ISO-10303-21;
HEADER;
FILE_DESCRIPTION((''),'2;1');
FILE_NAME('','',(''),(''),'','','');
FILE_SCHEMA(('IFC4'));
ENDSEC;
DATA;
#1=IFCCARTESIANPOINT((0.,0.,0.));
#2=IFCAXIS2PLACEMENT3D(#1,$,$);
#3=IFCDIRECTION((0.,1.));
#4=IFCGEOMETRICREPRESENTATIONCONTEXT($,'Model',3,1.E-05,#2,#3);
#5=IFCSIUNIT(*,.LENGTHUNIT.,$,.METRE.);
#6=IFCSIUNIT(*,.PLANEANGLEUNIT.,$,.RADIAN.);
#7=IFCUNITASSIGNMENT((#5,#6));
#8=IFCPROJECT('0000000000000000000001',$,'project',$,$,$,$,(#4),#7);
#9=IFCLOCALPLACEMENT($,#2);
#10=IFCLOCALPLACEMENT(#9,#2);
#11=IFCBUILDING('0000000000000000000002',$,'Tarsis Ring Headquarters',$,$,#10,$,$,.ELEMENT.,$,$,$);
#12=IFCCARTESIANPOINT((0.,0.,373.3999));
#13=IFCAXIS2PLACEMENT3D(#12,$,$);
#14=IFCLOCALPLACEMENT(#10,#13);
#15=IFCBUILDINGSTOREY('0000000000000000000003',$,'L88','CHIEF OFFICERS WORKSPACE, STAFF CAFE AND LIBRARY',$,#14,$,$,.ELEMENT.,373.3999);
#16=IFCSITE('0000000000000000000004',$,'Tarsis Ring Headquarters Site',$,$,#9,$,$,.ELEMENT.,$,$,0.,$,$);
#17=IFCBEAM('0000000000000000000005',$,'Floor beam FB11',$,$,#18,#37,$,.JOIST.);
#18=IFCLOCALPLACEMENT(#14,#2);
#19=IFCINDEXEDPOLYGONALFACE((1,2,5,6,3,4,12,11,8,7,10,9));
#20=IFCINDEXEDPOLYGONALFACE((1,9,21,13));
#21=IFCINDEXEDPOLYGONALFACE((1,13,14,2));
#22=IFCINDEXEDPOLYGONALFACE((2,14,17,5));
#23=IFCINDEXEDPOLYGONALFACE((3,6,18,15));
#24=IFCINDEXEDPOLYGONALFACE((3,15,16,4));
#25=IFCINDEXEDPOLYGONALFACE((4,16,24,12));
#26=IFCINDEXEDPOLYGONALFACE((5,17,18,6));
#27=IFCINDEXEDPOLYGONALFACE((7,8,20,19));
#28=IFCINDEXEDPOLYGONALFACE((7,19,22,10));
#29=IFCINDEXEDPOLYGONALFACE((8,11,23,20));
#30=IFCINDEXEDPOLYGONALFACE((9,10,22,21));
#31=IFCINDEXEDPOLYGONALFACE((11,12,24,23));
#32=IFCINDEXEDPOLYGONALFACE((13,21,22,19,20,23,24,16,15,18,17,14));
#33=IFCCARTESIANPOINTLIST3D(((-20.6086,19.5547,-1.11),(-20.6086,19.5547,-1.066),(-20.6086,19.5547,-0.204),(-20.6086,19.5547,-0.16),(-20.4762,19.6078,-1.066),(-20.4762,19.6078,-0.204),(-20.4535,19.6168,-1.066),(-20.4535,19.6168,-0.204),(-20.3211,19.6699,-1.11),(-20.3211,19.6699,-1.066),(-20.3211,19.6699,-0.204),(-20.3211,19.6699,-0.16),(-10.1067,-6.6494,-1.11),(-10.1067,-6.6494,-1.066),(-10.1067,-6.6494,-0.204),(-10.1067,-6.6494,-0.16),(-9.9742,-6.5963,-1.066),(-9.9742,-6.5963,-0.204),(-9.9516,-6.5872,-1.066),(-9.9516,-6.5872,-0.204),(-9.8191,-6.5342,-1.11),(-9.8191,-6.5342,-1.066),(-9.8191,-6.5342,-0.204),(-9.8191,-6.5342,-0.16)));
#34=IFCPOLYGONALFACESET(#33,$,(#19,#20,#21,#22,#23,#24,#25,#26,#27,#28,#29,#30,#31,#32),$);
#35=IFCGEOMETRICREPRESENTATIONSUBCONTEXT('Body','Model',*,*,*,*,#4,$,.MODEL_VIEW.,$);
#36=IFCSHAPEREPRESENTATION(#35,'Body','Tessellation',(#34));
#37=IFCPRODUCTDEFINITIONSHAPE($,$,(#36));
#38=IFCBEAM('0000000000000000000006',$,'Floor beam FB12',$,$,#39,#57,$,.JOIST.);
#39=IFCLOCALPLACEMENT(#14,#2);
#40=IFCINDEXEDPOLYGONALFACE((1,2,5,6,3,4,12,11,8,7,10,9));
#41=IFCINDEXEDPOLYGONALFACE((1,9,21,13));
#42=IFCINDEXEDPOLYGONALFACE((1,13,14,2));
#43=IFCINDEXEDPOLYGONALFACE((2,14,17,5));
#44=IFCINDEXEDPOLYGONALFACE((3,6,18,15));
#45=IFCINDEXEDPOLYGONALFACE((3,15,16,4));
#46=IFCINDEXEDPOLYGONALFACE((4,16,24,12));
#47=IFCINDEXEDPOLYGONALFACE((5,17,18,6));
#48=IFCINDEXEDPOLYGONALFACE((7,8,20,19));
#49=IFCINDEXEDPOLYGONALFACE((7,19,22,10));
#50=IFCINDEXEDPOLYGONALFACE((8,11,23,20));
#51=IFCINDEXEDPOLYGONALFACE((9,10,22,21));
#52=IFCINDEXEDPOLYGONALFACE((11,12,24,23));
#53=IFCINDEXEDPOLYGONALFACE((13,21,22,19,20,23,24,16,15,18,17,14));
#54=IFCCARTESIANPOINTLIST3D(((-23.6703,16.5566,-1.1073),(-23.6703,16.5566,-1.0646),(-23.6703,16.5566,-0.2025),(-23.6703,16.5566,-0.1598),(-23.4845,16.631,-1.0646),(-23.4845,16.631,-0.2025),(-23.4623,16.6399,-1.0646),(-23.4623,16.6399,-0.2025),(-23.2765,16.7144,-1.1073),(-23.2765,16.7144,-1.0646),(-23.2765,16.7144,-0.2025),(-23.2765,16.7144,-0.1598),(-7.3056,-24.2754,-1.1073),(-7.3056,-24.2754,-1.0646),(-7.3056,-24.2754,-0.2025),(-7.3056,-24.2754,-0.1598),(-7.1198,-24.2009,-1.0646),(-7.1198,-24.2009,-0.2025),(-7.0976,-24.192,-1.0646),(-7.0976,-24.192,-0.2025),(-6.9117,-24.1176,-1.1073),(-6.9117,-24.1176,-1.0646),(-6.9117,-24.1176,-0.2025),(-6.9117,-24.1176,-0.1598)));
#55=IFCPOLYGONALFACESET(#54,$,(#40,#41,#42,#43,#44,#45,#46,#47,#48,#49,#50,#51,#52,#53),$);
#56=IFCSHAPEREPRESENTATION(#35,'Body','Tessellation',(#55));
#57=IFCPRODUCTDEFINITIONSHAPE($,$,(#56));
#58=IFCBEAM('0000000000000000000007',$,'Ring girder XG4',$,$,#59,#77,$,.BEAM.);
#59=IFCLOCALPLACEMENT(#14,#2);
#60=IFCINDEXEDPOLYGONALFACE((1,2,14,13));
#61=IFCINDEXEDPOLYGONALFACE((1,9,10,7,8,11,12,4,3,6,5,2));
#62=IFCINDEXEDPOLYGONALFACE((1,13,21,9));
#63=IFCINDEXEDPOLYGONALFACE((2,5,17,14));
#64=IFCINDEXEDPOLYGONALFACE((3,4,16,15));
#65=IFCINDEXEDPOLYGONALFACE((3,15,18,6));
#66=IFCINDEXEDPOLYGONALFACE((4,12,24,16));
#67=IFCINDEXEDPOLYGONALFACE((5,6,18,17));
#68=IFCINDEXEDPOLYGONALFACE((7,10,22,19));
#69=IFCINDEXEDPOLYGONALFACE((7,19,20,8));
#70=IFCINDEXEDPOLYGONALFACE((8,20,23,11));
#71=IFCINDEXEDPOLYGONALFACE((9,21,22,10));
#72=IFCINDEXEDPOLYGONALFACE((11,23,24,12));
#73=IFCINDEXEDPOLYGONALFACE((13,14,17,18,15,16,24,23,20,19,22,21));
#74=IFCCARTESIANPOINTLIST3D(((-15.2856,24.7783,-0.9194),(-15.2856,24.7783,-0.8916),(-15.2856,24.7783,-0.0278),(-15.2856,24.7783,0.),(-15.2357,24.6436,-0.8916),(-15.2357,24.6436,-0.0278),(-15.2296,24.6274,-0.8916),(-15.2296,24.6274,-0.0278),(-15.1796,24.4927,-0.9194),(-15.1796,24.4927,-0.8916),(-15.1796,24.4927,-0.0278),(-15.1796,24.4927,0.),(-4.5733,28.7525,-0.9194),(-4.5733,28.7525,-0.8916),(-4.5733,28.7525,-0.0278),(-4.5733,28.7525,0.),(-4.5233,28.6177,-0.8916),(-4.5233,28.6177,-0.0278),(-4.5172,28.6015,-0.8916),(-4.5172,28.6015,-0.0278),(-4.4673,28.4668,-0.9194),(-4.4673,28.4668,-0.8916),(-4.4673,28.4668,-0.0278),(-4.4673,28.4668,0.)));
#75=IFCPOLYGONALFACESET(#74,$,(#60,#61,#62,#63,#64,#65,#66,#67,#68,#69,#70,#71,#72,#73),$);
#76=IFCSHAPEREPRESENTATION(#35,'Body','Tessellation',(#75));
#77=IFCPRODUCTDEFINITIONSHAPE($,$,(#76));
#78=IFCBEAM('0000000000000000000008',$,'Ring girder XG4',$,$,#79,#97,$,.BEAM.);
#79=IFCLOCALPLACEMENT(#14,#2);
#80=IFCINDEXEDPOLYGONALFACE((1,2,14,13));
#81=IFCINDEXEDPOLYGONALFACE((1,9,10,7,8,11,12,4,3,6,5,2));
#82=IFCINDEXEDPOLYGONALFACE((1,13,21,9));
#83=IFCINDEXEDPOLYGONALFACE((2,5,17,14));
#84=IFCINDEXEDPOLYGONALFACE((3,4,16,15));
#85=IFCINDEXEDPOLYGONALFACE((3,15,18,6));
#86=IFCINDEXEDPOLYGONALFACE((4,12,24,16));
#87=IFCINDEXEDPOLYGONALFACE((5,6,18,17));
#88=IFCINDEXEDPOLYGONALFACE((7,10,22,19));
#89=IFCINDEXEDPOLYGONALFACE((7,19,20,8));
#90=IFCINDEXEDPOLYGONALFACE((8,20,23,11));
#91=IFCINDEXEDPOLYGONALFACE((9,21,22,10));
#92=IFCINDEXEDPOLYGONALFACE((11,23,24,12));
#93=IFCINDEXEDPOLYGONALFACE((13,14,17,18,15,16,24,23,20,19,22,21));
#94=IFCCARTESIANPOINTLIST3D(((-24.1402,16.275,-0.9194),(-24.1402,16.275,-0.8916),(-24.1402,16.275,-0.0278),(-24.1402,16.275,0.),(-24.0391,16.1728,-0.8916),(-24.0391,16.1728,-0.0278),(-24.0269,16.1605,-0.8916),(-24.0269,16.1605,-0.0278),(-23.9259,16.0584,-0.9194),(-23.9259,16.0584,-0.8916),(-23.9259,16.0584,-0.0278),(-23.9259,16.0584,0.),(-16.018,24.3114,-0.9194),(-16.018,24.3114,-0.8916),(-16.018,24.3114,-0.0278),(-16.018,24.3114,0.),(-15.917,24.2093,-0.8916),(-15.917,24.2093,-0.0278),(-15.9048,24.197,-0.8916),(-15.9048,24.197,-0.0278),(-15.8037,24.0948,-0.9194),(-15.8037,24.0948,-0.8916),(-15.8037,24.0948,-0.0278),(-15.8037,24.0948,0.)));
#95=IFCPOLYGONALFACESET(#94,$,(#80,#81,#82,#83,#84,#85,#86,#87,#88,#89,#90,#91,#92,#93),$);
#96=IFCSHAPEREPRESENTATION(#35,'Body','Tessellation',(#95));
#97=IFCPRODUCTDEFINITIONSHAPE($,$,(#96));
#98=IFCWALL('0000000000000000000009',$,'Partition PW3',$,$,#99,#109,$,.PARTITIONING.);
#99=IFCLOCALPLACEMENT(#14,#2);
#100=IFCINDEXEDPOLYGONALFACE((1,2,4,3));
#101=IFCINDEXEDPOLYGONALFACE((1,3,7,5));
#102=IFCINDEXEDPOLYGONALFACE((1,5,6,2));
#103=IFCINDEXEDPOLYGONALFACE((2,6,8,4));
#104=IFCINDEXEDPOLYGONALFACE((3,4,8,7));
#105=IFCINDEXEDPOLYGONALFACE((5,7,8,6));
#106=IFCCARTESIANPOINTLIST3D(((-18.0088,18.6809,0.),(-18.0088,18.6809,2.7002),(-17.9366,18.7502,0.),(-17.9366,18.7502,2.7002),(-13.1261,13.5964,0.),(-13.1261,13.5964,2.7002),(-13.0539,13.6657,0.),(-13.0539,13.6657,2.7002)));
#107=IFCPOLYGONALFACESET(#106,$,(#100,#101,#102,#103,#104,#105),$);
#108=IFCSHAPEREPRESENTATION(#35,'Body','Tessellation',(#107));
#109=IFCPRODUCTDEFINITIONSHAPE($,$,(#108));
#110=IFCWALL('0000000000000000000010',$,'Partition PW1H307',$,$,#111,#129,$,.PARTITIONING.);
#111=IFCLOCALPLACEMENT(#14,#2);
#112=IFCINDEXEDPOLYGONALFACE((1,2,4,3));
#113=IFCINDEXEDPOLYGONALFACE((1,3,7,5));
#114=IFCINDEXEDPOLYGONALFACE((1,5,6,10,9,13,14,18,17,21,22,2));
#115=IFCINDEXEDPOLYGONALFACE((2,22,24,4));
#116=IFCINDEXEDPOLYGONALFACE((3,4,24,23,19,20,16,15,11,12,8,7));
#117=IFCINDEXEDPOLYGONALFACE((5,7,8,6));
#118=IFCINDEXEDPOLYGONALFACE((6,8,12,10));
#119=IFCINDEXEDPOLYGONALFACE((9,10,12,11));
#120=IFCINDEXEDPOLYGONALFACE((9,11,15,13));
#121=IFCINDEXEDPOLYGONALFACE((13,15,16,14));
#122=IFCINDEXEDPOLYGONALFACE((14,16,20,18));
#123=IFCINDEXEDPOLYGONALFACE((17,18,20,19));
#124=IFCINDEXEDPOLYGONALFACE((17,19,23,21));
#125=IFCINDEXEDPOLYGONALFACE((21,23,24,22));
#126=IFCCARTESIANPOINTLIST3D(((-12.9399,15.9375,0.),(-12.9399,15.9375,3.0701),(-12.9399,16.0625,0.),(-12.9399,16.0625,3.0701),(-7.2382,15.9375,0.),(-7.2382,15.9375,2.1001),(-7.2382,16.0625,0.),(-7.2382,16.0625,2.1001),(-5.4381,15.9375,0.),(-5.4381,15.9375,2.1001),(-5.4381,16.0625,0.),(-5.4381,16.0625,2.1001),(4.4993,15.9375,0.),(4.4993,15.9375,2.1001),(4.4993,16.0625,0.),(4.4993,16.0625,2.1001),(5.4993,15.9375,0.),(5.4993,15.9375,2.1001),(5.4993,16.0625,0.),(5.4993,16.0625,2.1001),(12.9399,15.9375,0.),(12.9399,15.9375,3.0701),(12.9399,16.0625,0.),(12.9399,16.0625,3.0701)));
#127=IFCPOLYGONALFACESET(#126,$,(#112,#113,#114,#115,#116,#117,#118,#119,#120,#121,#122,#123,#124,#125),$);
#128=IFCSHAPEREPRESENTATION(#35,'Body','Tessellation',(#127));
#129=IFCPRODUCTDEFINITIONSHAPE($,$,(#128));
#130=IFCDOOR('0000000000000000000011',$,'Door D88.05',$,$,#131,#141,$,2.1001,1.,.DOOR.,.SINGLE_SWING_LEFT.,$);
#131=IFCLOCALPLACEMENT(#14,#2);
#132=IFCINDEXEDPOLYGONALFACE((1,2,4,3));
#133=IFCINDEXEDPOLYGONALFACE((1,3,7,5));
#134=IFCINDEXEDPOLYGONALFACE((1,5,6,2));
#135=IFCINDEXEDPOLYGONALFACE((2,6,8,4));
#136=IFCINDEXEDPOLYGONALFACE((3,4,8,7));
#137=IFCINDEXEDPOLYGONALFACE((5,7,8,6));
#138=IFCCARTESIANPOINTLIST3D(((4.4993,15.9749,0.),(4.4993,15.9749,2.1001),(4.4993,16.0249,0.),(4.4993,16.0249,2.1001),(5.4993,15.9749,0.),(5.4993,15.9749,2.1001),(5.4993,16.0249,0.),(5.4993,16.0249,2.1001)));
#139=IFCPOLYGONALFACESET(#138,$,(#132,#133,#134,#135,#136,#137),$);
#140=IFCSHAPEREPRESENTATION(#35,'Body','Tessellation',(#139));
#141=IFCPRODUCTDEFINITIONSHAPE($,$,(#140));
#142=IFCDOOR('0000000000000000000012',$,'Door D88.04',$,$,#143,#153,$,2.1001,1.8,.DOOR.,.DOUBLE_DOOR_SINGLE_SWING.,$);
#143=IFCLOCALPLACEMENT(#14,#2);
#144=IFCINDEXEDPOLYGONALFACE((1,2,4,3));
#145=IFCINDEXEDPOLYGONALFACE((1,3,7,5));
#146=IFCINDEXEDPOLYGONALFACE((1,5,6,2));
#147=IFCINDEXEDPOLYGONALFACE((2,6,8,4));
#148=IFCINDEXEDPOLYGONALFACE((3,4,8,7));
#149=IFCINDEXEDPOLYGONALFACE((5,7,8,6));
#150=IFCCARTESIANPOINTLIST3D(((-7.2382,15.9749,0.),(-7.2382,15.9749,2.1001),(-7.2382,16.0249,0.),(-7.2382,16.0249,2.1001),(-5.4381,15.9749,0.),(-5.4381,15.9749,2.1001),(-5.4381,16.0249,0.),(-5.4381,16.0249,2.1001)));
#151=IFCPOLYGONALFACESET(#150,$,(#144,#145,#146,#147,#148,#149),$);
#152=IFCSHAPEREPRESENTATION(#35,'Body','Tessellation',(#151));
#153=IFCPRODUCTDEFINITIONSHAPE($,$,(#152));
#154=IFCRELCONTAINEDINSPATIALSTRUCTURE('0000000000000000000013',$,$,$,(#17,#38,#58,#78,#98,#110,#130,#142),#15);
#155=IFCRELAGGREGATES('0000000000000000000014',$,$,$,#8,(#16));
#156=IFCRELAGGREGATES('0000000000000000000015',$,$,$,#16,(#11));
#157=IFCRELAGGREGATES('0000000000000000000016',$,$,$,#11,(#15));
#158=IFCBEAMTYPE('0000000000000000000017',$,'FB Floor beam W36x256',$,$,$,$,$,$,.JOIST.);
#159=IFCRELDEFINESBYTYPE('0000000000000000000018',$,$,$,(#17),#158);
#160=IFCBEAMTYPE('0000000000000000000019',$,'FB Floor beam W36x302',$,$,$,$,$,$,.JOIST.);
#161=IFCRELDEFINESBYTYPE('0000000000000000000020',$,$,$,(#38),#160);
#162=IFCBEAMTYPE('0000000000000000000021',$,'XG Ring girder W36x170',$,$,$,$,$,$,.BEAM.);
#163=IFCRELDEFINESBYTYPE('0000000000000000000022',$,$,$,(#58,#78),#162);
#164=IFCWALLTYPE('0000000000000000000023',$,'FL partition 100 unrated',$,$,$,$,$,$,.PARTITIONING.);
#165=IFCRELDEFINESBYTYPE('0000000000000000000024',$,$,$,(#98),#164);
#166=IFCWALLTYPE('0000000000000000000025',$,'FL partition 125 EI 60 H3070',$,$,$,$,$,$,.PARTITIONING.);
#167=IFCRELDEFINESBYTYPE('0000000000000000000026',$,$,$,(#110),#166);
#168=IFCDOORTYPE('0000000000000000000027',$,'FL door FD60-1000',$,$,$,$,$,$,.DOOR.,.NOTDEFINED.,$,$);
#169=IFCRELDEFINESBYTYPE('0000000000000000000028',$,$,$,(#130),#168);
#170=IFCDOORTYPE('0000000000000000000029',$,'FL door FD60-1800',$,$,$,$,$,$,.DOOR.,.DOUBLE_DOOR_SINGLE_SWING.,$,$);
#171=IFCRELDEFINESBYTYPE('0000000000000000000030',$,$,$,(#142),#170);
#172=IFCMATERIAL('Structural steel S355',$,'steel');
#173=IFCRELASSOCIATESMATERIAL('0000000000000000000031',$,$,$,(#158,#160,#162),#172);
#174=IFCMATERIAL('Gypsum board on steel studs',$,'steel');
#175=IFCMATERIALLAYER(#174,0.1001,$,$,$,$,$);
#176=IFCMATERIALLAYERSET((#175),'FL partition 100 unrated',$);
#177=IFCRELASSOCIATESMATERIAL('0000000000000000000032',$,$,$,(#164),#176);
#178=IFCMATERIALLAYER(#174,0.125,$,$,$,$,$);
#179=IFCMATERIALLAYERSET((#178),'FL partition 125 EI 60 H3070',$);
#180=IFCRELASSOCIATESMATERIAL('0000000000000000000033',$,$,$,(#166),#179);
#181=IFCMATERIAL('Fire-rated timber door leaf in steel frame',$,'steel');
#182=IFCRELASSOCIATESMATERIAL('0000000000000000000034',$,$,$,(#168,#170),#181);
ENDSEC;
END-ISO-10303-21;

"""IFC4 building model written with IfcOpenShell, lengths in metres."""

from ifc_helpers import new_model, si_unit, direction, frame, frame_2d, origin, origin_2d, place, context, subcontext, project, spatial, rectangle, i_section, extrude, material, layer, layer_set, material_profile, profile_set, type_object, element, fill, save


model = new_model("IFC4")

# Units and contexts
model_context = context("Model", 3, precision=1e-05, world=origin(), true_north=direction((0.0, 1.0)))
body_context = subcontext(model_context, "Body", "Model", "MODEL_VIEW")
ifc_project = project(units=[si_unit("LENGTHUNIT", "METRE"), si_unit("PLANEANGLEUNIT", "RADIAN")], contexts=[model_context])

# Site, building, storey
site_placement = place(None, origin())
site = spatial("IfcSite", under=ifc_project, at=site_placement, Name="Tarsis Ring Headquarters Site", CompositionType="ELEMENT", RefElevation=0.0)
building_placement = place(site_placement, origin())
building = spatial("IfcBuilding", under=site, at=building_placement, Name="Tarsis Ring Headquarters", CompositionType="ELEMENT")
storey_placement = place(building_placement, frame((0.0, 0.0, 373.3999)))
storey = spatial("IfcBuildingStorey", under=building, at=storey_placement, Name="L88", Description="CHIEF OFFICERS WORKSPACE, STAFF CAFE AND LIBRARY", CompositionType="ELEMENT", Elevation=373.3999)

# Shared definitions
ifc_material_1 = material(Name="Structural steel S355", Category="steel")

# Beams
ifc_material_profile_1 = material_profile(ifc_material_1, i_section(OverallWidth=0.3098, OverallDepth=0.95, WebThickness=0.0244, FlangeThickness=0.0439, at=origin_2d()), Name="W36x256")
ifc_profile_set_1 = profile_set([ifc_material_profile_1], Name="Structural steel S355")
beam_type_1 = type_object("IfcBeamType", Name="FB Floor beam W36x256", PredefinedType="JOIST", material=ifc_profile_set_1)
beam_1_placement = place(storey_placement, frame((-20.4648, 19.6123, -0.635), z_axis=(0.372011, -0.928228, 0.0), x_axis=(0.928228, 0.372011, 0.0)))
element("IfcBeam", 1, at=beam_1_placement, inside=storey, type_object=beam_type_1, Name="Floor beam FB11", PredefinedType="JOIST", context=body_context, shape_type="SweptSolid", body=[
    extrude(i_section(OverallWidth=0.3098, OverallDepth=0.95, WebThickness=0.0244, FlangeThickness=0.0439, at=origin_2d()), origin(), (0.0, 0.0, 1.0), 28.2302),
])
ifc_material_profile_2 = material_profile(ifc_material_1, i_section(OverallWidth=0.4243, OverallDepth=0.9475, WebThickness=0.0239, FlangeThickness=0.0427, at=origin_2d()), Name="W36x302")
ifc_profile_set_2 = profile_set([ifc_material_profile_2], Name="Structural steel S355")
beam_type_2 = type_object("IfcBeamType", Name="FB Floor beam W36x302", PredefinedType="JOIST", material=ifc_profile_set_2)
beam_2_placement = place(storey_placement, frame((-23.4734, 16.6355, -0.6335), z_axis=(0.372016, -0.928226, 0.0), x_axis=(0.928226, 0.372016, 0.0)))
element("IfcBeam", 2, at=beam_2_placement, inside=storey, type_object=beam_type_2, Name="Floor beam FB12", PredefinedType="JOIST", context=body_context, shape_type="SweptSolid", body=[
    extrude(i_section(OverallWidth=0.4243, OverallDepth=0.9475, WebThickness=0.0239, FlangeThickness=0.0427, at=origin_2d()), origin(), (0.0, 0.0, 1.0), 43.9893),
])
ifc_material_profile_3 = material_profile(ifc_material_1, i_section(OverallWidth=0.3047, OverallDepth=0.9194, WebThickness=0.0173, FlangeThickness=0.0278, at=origin_2d()), Name="W36x170")
ifc_profile_set_3 = profile_set([ifc_material_profile_3], Name="Structural steel S355")
beam_type_3 = type_object("IfcBeamType", Name="XG Ring girder W36x170", PredefinedType="BEAM", material=ifc_profile_set_3)
beam_3_placement = place(storey_placement, frame((-4.5203, 28.6096, -0.4597), z_axis=(-0.937561, -0.34782, 0.0), x_axis=(0.34782, -0.937561, 0.0)))
element("IfcBeam", 3, at=beam_3_placement, inside=storey, type_object=beam_type_3, Name="Ring girder XG4", PredefinedType="BEAM", context=body_context, shape_type="SweptSolid", body=[
    extrude(i_section(OverallWidth=0.3047, OverallDepth=0.9194, WebThickness=0.0173, FlangeThickness=0.0278, at=origin_2d()), origin(), (0.0, 0.0, 1.0), 11.4258),
])
beam_4_placement = place(storey_placement, frame((-15.9109, 24.2031, -0.4597), z_axis=(-0.710847, -0.703347, 0.0), x_axis=(0.703347, -0.710847, 0.0)))
element("IfcBeam", 4, at=beam_4_placement, inside=storey, type_object=beam_type_3, Name="Ring girder XG4", PredefinedType="BEAM", context=body_context, shape_type="SweptSolid", body=[
    extrude(i_section(OverallWidth=0.3047, OverallDepth=0.9194, WebThickness=0.0173, FlangeThickness=0.0278, at=origin_2d()), origin(), (0.0, 0.0, 1.0), 11.426),
])

# Wall
ifc_material_2 = material(Name="Gypsum board on steel studs", Category="steel")
ifc_layer_1 = layer(ifc_material_2, 0.1001)
ifc_layer_set_1 = layer_set([ifc_layer_1], Name="FL partition 100 unrated")
wall_type_1 = type_object("IfcWallType", Name="FL partition 100 unrated", PredefinedType="PARTITIONING", material=ifc_layer_set_1)
wall_1_placement = place(storey_placement, frame((-17.9727, 18.7156, 0.0), z_axis=(0.0, 0.0, 1.0), x_axis=(0.692641, -0.721283, 0.0)))
element("IfcWall", 5, at=wall_1_placement, inside=storey, type_object=wall_type_1, Name="Partition PW3", PredefinedType="PARTITIONING", context=body_context, shape_type="SweptSolid", body=[
    extrude(rectangle(XDim=7.0493, YDim=0.1001, at=frame_2d((3.5247, 0.0))), origin(), (0.0, 0.0, 1.0), 2.7002),
])

# Wall, openings, doors
ifc_layer_2 = layer(ifc_material_2, 0.125)
ifc_layer_set_2 = layer_set([ifc_layer_2], Name="FL partition 125 EI 60 H3070")
wall_type_2 = type_object("IfcWallType", Name="FL partition 125 EI 60 H3070", PredefinedType="PARTITIONING", material=ifc_layer_set_2)
wall_2_placement = place(storey_placement, frame((-12.9399, 16.0, 0.0), z_axis=(0.0, 0.0, 1.0), x_axis=(1.0, 0.0, 0.0)))
wall_2 = element("IfcWall", 6, at=wall_2_placement, inside=storey, type_object=wall_type_2, Name="Partition PW1H307", PredefinedType="PARTITIONING", context=body_context, shape_type="SweptSolid", body=[
    extrude(rectangle(XDim=25.8799, YDim=0.125, at=frame_2d((12.9399, 0.0))), origin(), (0.0, 0.0, 1.0), 3.0701),
])
opening_1_placement = place(wall_2_placement, frame((5.7019, 0.0, 0.0)))
opening_1 = element("IfcOpeningElement", 7, at=opening_1_placement, cuts=wall_2, PredefinedType="OPENING", context=body_context, shape_type="SweptSolid", body=[
    extrude(rectangle(XDim=1.8, YDim=2.1001, at=frame_2d((0.8999, 1.05))), frame((0.0, 0.0725, 0.0), z_axis=(0.0, -1.0, 0.0), x_axis=(1.0, 0.0, 0.0)), (0.0, 0.0, 1.0), 0.145),
])
opening_2_placement = place(wall_2_placement, frame((17.4392, 0.0, 0.0)))
opening_2 = element("IfcOpeningElement", 8, at=opening_2_placement, cuts=wall_2, PredefinedType="OPENING", context=body_context, shape_type="SweptSolid", body=[
    extrude(rectangle(XDim=1.0, YDim=2.1001, at=frame_2d((0.5, 1.05))), frame((0.0, 0.0725, 0.0), z_axis=(0.0, -1.0, 0.0), x_axis=(1.0, 0.0, 0.0)), (0.0, 0.0, 1.0), 0.145),
])
ifc_material_3 = material(Name="Fire-rated timber door leaf in steel frame", Category="steel")
door_type_1 = type_object("IfcDoorType", Name="FL door FD60-1000", OperationType="NOTDEFINED", PredefinedType="DOOR", material=ifc_material_3)
door_1_placement = place(opening_2_placement, origin())
door_1 = element("IfcDoor", 9, at=door_1_placement, inside=storey, type_object=door_type_1, Name="Door D88.05", OperationType="SINGLE_SWING_LEFT", OverallHeight=2.1001, OverallWidth=1.0, PredefinedType="DOOR", context=body_context, shape_type="SweptSolid", body=[
    extrude(rectangle(XDim=1.0, YDim=2.1001, at=frame_2d((0.5, 1.05))), frame((0.0, 0.0249, 0.0), z_axis=(0.0, -1.0, 0.0), x_axis=(1.0, 0.0, 0.0)), (0.0, 0.0, 1.0), 0.05),
])
fill(opening_2, door_1)
door_type_2 = type_object("IfcDoorType", Name="FL door FD60-1800", OperationType="DOUBLE_DOOR_SINGLE_SWING", PredefinedType="DOOR", material=ifc_material_3)
door_2_placement = place(opening_1_placement, origin())
door_2 = element("IfcDoor", 10, at=door_2_placement, inside=storey, type_object=door_type_2, Name="Door D88.04", OperationType="DOUBLE_DOOR_SINGLE_SWING", OverallHeight=2.1001, OverallWidth=1.8, PredefinedType="DOOR", context=body_context, shape_type="SweptSolid", body=[
    extrude(rectangle(XDim=1.8, YDim=2.1001, at=frame_2d((0.8999, 1.05))), frame((0.0, 0.0249, 0.0), z_axis=(0.0, -1.0, 0.0), x_axis=(1.0, 0.0, 0.0)), (0.0, 0.0, 1.0), 0.05),
])
fill(opening_1, door_2)

save(model, "model.ifc")
